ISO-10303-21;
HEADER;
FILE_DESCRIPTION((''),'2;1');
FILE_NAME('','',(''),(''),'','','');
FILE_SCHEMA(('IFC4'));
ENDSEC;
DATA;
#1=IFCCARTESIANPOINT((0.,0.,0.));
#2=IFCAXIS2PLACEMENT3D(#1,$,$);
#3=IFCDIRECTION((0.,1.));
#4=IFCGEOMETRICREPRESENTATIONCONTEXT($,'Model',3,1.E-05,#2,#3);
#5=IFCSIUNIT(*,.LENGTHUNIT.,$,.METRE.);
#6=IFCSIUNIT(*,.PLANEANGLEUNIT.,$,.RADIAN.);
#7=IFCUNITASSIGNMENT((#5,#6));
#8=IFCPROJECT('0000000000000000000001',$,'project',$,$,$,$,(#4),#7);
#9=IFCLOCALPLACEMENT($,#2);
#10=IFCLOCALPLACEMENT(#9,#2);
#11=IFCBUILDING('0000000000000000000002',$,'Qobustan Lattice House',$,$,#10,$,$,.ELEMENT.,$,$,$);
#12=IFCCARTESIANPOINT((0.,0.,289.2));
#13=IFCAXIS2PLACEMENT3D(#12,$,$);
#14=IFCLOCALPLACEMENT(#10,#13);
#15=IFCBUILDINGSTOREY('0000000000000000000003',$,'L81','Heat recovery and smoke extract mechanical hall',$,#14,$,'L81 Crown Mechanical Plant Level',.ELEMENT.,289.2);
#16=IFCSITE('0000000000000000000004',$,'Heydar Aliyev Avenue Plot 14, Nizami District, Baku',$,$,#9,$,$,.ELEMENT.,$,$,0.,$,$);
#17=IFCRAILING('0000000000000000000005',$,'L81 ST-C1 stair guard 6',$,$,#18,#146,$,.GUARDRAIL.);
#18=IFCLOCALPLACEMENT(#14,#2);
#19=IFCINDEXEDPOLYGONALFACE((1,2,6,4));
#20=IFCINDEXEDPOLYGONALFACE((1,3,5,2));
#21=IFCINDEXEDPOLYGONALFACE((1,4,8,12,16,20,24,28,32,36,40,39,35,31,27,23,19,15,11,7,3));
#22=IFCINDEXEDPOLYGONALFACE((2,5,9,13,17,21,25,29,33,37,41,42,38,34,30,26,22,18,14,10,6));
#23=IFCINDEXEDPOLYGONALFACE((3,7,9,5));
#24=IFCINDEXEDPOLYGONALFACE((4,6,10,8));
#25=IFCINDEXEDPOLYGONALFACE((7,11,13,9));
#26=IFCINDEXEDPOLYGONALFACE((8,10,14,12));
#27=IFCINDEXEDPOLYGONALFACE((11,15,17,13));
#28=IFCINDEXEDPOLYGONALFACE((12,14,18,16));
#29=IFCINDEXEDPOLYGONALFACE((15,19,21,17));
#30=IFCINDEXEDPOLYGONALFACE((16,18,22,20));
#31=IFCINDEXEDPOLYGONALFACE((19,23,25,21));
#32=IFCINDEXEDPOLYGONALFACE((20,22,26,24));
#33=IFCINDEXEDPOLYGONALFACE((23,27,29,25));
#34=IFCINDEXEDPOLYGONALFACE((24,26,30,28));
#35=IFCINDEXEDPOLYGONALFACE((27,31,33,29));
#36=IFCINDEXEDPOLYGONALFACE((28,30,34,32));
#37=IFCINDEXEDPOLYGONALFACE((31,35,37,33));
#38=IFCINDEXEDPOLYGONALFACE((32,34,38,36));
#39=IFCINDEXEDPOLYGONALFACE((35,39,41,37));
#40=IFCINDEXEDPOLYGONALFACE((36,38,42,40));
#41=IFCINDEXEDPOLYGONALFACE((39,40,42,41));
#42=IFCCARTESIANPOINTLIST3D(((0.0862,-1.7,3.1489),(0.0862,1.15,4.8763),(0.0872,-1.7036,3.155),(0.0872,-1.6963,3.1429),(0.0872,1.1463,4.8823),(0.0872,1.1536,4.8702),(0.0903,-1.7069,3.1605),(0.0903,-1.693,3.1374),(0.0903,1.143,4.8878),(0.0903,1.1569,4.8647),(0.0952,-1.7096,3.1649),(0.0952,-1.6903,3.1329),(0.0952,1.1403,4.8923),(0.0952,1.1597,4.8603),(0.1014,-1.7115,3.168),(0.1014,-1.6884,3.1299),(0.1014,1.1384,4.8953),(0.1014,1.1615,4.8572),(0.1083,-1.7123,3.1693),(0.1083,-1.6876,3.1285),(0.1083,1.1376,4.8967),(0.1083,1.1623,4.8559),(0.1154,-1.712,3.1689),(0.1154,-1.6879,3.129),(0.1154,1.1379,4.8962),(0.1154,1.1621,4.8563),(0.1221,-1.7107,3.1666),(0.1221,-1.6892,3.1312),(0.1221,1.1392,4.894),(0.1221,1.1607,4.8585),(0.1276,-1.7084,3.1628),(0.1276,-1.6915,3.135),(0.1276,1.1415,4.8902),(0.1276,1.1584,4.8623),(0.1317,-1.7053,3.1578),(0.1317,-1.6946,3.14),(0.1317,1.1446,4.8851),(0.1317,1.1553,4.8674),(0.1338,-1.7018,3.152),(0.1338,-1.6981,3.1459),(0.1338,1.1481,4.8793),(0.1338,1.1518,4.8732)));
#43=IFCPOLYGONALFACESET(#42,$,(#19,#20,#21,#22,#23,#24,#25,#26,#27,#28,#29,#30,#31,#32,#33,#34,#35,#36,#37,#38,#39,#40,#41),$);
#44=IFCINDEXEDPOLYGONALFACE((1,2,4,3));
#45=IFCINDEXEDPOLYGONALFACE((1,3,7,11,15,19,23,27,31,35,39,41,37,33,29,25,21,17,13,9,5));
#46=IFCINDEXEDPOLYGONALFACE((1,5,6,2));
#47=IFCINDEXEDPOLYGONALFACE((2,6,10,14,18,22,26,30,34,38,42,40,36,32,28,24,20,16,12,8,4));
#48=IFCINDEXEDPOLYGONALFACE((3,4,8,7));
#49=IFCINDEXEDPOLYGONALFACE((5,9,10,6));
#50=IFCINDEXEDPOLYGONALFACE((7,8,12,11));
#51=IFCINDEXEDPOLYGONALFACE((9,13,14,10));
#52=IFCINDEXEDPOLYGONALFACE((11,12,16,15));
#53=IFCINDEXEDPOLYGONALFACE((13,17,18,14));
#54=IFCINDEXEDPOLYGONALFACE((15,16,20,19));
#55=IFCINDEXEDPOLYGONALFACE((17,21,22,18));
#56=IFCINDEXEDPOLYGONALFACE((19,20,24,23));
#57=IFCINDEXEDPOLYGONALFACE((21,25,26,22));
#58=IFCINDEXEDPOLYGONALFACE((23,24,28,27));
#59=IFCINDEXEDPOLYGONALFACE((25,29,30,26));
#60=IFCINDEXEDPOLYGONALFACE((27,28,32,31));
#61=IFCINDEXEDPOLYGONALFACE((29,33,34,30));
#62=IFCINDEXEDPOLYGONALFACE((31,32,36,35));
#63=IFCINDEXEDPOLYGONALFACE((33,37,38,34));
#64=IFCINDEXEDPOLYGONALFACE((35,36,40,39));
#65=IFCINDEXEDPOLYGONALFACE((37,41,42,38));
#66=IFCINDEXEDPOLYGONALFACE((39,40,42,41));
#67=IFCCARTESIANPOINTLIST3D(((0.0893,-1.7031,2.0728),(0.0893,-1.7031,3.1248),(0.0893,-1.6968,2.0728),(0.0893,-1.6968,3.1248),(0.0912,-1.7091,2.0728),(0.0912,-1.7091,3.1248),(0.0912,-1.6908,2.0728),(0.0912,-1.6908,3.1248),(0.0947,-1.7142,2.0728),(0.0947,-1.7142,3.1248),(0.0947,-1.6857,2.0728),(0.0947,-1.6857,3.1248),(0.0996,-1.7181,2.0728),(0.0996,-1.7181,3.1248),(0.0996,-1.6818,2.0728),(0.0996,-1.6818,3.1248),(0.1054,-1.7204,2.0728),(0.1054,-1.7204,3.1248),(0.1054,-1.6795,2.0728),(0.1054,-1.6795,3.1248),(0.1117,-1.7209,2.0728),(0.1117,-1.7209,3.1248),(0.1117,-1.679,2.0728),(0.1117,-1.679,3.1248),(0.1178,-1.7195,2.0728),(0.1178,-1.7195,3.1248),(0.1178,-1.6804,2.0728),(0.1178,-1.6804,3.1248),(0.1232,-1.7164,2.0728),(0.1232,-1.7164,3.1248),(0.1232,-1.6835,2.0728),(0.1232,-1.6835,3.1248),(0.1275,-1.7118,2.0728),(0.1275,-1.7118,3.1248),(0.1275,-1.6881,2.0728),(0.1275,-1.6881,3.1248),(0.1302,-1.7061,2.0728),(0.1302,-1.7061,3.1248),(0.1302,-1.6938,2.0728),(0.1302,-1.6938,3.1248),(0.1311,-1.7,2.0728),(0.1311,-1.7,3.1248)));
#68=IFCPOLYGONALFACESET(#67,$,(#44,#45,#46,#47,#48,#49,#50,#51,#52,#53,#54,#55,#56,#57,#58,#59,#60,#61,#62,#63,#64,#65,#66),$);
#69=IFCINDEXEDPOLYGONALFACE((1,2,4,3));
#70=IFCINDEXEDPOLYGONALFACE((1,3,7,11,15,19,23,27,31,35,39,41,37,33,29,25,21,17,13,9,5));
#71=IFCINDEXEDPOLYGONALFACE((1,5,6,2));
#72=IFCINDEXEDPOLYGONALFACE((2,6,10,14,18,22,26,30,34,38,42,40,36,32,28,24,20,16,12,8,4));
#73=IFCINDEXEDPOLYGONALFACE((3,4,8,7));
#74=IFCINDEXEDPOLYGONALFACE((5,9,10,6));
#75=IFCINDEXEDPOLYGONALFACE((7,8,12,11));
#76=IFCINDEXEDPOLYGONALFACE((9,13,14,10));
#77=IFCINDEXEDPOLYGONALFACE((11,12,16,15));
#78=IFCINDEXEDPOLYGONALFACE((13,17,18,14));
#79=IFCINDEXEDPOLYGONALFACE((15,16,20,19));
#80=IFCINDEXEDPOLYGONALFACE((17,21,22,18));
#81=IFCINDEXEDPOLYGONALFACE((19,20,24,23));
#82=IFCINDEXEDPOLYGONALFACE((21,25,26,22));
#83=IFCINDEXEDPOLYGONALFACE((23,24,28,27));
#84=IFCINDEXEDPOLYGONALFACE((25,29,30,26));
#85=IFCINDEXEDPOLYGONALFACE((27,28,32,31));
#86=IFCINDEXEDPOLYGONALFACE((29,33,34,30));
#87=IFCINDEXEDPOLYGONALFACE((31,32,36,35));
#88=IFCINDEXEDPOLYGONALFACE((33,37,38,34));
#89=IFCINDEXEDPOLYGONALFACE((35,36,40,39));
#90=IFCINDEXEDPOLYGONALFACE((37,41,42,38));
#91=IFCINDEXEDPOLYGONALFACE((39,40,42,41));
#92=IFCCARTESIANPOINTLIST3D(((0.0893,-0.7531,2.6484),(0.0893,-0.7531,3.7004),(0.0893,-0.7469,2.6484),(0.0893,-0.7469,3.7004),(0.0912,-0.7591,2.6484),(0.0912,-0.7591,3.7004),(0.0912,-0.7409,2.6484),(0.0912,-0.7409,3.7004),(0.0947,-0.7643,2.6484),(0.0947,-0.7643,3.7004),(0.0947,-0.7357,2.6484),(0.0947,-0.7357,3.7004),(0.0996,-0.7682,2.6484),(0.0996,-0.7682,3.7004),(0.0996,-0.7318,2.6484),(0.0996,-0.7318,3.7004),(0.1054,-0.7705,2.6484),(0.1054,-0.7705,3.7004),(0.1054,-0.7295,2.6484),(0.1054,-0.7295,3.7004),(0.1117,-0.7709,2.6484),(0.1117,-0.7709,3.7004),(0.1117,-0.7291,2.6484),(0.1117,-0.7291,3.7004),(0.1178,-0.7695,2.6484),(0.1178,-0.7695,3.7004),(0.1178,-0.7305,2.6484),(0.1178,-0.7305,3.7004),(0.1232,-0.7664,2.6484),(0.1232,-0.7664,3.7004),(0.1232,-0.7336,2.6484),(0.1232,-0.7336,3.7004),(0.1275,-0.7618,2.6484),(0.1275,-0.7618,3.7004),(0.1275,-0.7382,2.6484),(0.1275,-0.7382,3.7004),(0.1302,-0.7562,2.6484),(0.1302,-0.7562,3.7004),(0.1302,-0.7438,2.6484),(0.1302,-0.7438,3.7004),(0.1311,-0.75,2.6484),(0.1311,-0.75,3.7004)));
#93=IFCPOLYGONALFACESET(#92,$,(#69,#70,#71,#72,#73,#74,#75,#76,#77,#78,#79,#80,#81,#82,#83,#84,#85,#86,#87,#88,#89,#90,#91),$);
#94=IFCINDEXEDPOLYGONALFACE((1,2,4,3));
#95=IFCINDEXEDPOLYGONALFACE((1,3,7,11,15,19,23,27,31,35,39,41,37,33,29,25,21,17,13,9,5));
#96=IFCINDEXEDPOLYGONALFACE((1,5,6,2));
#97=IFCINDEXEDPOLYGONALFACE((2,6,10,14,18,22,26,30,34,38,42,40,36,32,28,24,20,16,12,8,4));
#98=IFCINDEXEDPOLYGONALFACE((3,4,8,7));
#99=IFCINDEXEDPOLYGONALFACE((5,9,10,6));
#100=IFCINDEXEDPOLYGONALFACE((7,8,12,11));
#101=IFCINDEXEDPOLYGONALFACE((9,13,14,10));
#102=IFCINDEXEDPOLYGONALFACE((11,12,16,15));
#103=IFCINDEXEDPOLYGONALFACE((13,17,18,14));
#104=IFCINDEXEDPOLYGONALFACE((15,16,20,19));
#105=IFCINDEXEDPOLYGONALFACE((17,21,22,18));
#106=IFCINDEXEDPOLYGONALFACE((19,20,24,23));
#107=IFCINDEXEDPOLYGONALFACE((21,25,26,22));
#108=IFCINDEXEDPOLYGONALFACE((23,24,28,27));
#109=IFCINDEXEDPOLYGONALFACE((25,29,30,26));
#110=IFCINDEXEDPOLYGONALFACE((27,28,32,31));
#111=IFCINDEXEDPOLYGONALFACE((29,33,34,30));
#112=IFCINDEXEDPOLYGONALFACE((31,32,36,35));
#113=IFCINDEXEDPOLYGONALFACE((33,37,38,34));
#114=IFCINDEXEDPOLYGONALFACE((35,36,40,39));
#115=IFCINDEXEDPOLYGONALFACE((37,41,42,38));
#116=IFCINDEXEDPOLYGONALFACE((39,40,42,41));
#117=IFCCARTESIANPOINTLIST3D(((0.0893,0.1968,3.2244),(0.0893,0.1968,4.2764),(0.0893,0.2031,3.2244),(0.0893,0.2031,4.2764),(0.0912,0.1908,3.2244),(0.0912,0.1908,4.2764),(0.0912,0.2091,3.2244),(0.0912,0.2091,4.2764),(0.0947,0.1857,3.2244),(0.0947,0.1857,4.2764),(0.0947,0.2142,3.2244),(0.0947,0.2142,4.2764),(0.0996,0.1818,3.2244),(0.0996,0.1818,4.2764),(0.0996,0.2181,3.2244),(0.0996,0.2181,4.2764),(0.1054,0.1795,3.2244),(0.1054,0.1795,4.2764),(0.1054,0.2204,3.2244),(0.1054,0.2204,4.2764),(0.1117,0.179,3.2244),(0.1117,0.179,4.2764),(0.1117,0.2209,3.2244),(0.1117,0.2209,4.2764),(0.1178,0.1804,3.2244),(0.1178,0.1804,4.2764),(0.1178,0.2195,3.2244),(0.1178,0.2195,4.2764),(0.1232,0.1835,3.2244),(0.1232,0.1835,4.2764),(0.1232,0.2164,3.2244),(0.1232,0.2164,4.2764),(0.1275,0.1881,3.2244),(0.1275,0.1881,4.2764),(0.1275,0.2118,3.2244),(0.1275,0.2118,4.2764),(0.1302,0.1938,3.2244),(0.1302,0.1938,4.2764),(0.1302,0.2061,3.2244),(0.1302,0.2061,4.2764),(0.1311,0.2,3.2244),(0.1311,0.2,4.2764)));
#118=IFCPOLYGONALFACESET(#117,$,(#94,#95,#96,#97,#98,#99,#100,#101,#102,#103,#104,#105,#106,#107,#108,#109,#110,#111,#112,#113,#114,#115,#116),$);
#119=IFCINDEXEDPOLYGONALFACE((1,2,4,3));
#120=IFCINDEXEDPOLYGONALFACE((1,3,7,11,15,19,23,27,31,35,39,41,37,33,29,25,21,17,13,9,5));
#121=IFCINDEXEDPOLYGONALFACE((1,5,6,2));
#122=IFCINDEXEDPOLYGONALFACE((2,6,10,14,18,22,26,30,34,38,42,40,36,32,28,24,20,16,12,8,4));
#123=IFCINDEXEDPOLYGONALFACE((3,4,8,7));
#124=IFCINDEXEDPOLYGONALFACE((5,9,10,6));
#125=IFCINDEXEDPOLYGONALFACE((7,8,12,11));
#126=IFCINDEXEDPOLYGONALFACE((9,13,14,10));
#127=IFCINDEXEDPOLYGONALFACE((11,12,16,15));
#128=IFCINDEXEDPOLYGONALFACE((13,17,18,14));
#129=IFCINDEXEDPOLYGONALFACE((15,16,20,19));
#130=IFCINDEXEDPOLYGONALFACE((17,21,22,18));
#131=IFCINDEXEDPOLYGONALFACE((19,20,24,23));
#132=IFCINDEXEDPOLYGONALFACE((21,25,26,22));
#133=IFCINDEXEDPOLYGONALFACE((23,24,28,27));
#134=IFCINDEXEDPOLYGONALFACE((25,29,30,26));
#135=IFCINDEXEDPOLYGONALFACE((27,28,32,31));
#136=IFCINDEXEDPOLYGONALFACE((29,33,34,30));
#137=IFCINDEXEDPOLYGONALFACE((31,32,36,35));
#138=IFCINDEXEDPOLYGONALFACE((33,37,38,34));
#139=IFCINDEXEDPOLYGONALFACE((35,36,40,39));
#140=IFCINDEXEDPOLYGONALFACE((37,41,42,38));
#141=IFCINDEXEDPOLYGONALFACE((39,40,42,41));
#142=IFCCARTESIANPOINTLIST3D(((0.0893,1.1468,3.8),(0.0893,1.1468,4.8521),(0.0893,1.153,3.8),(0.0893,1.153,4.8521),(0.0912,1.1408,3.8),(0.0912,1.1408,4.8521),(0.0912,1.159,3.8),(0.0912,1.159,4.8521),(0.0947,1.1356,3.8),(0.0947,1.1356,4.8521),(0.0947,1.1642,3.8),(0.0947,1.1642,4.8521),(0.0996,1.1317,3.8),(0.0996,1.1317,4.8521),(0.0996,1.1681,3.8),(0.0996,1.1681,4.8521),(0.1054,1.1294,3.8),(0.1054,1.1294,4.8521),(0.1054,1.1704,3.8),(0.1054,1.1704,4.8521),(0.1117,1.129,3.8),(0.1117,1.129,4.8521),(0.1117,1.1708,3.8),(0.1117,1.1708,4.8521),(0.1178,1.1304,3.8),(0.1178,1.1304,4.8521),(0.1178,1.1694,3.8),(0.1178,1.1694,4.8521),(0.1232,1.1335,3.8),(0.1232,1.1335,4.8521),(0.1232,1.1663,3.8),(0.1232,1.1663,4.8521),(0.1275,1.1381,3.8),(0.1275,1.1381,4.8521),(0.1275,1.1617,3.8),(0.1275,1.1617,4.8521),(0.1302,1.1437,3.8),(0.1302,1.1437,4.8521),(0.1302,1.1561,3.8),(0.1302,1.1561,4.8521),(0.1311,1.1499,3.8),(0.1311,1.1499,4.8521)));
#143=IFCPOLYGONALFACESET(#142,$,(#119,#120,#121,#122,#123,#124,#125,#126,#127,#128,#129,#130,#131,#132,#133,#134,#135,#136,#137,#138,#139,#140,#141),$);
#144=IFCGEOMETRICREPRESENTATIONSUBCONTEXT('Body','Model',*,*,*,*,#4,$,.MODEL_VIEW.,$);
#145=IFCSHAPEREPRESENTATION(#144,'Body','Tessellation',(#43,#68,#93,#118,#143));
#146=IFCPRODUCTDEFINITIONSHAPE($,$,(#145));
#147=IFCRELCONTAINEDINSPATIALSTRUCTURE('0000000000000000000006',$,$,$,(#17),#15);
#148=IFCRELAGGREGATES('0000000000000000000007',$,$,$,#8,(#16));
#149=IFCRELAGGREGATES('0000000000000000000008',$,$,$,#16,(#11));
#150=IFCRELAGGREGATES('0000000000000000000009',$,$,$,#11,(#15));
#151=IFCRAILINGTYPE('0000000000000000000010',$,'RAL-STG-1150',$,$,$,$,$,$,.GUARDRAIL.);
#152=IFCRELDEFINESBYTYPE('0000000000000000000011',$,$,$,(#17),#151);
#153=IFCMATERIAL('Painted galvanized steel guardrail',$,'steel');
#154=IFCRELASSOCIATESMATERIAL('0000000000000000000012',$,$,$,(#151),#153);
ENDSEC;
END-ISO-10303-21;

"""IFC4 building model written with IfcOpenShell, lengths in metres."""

from ifc_helpers import new_model, si_unit, direction, frame, origin, origin_2d, place, context, subcontext, project, spatial, circle, extrude, material, type_object, element, save


model = new_model("IFC4")

# Units and contexts
model_context = context("Model", 3, precision=1e-05, world=origin(), true_north=direction((0.0, 1.0)))
body_context = subcontext(model_context, "Body", "Model", "MODEL_VIEW")
ifc_project = project(units=[si_unit("LENGTHUNIT", "METRE"), si_unit("PLANEANGLEUNIT", "RADIAN")], contexts=[model_context])

# Site, building, storey
site_placement = place(None, origin())
site = spatial("IfcSite", under=ifc_project, at=site_placement, Name="Heydar Aliyev Avenue Plot 14, Nizami District, Baku", CompositionType="ELEMENT", RefElevation=0.0)
building_placement = place(site_placement, origin())
building = spatial("IfcBuilding", under=site, at=building_placement, Name="Qobustan Lattice House", CompositionType="ELEMENT")
storey_placement = place(building_placement, frame((0.0, 0.0, 289.2)))
storey = spatial("IfcBuildingStorey", under=building, at=storey_placement, Name="L81", Description="Heat recovery and smoke extract mechanical hall", LongName="L81 Crown Mechanical Plant Level", CompositionType="ELEMENT", Elevation=289.2)

# Railing
ifc_material_1 = material(Name="Painted galvanized steel guardrail", Category="steel")
railing_type_1 = type_object("IfcRailingType", Name="RAL-STG-1150", PredefinedType="GUARDRAIL", material=ifc_material_1)
railing_1_placement = place(storey_placement, frame((0.1101, -1.7, 2.0728)))
element("IfcRailing", 1, at=railing_1_placement, inside=storey, type_object=railing_type_1, Name="L81 ST-C1 stair guard 6", PredefinedType="GUARDRAIL", context=body_context, shape_type="SweptSolid", body=[
    extrude(circle(Radius=0.0239, at=origin_2d()), frame((0.0, 0.0, 1.0762), z_axis=(0.0, 0.855183, 0.518326), x_axis=(-1.0, 0.0, 0.0)), (0.0, 0.0, 1.0), 3.3325),
    extrude(circle(Radius=0.021, at=origin_2d()), origin(), (0.0, 0.0, 1.0), 1.052),
    extrude(circle(Radius=0.021, at=origin_2d()), frame((0.0, 0.95, 0.5757)), (0.0, 0.0, 1.0), 1.052),
    extrude(circle(Radius=0.021, at=origin_2d()), frame((0.0, 1.8999, 1.1516)), (0.0, 0.0, 1.0), 1.052),
    extrude(circle(Radius=0.021, at=origin_2d()), frame((0.0, 2.8499, 1.7273)), (0.0, 0.0, 1.0), 1.052),
])

save(model, "model.ifc")
